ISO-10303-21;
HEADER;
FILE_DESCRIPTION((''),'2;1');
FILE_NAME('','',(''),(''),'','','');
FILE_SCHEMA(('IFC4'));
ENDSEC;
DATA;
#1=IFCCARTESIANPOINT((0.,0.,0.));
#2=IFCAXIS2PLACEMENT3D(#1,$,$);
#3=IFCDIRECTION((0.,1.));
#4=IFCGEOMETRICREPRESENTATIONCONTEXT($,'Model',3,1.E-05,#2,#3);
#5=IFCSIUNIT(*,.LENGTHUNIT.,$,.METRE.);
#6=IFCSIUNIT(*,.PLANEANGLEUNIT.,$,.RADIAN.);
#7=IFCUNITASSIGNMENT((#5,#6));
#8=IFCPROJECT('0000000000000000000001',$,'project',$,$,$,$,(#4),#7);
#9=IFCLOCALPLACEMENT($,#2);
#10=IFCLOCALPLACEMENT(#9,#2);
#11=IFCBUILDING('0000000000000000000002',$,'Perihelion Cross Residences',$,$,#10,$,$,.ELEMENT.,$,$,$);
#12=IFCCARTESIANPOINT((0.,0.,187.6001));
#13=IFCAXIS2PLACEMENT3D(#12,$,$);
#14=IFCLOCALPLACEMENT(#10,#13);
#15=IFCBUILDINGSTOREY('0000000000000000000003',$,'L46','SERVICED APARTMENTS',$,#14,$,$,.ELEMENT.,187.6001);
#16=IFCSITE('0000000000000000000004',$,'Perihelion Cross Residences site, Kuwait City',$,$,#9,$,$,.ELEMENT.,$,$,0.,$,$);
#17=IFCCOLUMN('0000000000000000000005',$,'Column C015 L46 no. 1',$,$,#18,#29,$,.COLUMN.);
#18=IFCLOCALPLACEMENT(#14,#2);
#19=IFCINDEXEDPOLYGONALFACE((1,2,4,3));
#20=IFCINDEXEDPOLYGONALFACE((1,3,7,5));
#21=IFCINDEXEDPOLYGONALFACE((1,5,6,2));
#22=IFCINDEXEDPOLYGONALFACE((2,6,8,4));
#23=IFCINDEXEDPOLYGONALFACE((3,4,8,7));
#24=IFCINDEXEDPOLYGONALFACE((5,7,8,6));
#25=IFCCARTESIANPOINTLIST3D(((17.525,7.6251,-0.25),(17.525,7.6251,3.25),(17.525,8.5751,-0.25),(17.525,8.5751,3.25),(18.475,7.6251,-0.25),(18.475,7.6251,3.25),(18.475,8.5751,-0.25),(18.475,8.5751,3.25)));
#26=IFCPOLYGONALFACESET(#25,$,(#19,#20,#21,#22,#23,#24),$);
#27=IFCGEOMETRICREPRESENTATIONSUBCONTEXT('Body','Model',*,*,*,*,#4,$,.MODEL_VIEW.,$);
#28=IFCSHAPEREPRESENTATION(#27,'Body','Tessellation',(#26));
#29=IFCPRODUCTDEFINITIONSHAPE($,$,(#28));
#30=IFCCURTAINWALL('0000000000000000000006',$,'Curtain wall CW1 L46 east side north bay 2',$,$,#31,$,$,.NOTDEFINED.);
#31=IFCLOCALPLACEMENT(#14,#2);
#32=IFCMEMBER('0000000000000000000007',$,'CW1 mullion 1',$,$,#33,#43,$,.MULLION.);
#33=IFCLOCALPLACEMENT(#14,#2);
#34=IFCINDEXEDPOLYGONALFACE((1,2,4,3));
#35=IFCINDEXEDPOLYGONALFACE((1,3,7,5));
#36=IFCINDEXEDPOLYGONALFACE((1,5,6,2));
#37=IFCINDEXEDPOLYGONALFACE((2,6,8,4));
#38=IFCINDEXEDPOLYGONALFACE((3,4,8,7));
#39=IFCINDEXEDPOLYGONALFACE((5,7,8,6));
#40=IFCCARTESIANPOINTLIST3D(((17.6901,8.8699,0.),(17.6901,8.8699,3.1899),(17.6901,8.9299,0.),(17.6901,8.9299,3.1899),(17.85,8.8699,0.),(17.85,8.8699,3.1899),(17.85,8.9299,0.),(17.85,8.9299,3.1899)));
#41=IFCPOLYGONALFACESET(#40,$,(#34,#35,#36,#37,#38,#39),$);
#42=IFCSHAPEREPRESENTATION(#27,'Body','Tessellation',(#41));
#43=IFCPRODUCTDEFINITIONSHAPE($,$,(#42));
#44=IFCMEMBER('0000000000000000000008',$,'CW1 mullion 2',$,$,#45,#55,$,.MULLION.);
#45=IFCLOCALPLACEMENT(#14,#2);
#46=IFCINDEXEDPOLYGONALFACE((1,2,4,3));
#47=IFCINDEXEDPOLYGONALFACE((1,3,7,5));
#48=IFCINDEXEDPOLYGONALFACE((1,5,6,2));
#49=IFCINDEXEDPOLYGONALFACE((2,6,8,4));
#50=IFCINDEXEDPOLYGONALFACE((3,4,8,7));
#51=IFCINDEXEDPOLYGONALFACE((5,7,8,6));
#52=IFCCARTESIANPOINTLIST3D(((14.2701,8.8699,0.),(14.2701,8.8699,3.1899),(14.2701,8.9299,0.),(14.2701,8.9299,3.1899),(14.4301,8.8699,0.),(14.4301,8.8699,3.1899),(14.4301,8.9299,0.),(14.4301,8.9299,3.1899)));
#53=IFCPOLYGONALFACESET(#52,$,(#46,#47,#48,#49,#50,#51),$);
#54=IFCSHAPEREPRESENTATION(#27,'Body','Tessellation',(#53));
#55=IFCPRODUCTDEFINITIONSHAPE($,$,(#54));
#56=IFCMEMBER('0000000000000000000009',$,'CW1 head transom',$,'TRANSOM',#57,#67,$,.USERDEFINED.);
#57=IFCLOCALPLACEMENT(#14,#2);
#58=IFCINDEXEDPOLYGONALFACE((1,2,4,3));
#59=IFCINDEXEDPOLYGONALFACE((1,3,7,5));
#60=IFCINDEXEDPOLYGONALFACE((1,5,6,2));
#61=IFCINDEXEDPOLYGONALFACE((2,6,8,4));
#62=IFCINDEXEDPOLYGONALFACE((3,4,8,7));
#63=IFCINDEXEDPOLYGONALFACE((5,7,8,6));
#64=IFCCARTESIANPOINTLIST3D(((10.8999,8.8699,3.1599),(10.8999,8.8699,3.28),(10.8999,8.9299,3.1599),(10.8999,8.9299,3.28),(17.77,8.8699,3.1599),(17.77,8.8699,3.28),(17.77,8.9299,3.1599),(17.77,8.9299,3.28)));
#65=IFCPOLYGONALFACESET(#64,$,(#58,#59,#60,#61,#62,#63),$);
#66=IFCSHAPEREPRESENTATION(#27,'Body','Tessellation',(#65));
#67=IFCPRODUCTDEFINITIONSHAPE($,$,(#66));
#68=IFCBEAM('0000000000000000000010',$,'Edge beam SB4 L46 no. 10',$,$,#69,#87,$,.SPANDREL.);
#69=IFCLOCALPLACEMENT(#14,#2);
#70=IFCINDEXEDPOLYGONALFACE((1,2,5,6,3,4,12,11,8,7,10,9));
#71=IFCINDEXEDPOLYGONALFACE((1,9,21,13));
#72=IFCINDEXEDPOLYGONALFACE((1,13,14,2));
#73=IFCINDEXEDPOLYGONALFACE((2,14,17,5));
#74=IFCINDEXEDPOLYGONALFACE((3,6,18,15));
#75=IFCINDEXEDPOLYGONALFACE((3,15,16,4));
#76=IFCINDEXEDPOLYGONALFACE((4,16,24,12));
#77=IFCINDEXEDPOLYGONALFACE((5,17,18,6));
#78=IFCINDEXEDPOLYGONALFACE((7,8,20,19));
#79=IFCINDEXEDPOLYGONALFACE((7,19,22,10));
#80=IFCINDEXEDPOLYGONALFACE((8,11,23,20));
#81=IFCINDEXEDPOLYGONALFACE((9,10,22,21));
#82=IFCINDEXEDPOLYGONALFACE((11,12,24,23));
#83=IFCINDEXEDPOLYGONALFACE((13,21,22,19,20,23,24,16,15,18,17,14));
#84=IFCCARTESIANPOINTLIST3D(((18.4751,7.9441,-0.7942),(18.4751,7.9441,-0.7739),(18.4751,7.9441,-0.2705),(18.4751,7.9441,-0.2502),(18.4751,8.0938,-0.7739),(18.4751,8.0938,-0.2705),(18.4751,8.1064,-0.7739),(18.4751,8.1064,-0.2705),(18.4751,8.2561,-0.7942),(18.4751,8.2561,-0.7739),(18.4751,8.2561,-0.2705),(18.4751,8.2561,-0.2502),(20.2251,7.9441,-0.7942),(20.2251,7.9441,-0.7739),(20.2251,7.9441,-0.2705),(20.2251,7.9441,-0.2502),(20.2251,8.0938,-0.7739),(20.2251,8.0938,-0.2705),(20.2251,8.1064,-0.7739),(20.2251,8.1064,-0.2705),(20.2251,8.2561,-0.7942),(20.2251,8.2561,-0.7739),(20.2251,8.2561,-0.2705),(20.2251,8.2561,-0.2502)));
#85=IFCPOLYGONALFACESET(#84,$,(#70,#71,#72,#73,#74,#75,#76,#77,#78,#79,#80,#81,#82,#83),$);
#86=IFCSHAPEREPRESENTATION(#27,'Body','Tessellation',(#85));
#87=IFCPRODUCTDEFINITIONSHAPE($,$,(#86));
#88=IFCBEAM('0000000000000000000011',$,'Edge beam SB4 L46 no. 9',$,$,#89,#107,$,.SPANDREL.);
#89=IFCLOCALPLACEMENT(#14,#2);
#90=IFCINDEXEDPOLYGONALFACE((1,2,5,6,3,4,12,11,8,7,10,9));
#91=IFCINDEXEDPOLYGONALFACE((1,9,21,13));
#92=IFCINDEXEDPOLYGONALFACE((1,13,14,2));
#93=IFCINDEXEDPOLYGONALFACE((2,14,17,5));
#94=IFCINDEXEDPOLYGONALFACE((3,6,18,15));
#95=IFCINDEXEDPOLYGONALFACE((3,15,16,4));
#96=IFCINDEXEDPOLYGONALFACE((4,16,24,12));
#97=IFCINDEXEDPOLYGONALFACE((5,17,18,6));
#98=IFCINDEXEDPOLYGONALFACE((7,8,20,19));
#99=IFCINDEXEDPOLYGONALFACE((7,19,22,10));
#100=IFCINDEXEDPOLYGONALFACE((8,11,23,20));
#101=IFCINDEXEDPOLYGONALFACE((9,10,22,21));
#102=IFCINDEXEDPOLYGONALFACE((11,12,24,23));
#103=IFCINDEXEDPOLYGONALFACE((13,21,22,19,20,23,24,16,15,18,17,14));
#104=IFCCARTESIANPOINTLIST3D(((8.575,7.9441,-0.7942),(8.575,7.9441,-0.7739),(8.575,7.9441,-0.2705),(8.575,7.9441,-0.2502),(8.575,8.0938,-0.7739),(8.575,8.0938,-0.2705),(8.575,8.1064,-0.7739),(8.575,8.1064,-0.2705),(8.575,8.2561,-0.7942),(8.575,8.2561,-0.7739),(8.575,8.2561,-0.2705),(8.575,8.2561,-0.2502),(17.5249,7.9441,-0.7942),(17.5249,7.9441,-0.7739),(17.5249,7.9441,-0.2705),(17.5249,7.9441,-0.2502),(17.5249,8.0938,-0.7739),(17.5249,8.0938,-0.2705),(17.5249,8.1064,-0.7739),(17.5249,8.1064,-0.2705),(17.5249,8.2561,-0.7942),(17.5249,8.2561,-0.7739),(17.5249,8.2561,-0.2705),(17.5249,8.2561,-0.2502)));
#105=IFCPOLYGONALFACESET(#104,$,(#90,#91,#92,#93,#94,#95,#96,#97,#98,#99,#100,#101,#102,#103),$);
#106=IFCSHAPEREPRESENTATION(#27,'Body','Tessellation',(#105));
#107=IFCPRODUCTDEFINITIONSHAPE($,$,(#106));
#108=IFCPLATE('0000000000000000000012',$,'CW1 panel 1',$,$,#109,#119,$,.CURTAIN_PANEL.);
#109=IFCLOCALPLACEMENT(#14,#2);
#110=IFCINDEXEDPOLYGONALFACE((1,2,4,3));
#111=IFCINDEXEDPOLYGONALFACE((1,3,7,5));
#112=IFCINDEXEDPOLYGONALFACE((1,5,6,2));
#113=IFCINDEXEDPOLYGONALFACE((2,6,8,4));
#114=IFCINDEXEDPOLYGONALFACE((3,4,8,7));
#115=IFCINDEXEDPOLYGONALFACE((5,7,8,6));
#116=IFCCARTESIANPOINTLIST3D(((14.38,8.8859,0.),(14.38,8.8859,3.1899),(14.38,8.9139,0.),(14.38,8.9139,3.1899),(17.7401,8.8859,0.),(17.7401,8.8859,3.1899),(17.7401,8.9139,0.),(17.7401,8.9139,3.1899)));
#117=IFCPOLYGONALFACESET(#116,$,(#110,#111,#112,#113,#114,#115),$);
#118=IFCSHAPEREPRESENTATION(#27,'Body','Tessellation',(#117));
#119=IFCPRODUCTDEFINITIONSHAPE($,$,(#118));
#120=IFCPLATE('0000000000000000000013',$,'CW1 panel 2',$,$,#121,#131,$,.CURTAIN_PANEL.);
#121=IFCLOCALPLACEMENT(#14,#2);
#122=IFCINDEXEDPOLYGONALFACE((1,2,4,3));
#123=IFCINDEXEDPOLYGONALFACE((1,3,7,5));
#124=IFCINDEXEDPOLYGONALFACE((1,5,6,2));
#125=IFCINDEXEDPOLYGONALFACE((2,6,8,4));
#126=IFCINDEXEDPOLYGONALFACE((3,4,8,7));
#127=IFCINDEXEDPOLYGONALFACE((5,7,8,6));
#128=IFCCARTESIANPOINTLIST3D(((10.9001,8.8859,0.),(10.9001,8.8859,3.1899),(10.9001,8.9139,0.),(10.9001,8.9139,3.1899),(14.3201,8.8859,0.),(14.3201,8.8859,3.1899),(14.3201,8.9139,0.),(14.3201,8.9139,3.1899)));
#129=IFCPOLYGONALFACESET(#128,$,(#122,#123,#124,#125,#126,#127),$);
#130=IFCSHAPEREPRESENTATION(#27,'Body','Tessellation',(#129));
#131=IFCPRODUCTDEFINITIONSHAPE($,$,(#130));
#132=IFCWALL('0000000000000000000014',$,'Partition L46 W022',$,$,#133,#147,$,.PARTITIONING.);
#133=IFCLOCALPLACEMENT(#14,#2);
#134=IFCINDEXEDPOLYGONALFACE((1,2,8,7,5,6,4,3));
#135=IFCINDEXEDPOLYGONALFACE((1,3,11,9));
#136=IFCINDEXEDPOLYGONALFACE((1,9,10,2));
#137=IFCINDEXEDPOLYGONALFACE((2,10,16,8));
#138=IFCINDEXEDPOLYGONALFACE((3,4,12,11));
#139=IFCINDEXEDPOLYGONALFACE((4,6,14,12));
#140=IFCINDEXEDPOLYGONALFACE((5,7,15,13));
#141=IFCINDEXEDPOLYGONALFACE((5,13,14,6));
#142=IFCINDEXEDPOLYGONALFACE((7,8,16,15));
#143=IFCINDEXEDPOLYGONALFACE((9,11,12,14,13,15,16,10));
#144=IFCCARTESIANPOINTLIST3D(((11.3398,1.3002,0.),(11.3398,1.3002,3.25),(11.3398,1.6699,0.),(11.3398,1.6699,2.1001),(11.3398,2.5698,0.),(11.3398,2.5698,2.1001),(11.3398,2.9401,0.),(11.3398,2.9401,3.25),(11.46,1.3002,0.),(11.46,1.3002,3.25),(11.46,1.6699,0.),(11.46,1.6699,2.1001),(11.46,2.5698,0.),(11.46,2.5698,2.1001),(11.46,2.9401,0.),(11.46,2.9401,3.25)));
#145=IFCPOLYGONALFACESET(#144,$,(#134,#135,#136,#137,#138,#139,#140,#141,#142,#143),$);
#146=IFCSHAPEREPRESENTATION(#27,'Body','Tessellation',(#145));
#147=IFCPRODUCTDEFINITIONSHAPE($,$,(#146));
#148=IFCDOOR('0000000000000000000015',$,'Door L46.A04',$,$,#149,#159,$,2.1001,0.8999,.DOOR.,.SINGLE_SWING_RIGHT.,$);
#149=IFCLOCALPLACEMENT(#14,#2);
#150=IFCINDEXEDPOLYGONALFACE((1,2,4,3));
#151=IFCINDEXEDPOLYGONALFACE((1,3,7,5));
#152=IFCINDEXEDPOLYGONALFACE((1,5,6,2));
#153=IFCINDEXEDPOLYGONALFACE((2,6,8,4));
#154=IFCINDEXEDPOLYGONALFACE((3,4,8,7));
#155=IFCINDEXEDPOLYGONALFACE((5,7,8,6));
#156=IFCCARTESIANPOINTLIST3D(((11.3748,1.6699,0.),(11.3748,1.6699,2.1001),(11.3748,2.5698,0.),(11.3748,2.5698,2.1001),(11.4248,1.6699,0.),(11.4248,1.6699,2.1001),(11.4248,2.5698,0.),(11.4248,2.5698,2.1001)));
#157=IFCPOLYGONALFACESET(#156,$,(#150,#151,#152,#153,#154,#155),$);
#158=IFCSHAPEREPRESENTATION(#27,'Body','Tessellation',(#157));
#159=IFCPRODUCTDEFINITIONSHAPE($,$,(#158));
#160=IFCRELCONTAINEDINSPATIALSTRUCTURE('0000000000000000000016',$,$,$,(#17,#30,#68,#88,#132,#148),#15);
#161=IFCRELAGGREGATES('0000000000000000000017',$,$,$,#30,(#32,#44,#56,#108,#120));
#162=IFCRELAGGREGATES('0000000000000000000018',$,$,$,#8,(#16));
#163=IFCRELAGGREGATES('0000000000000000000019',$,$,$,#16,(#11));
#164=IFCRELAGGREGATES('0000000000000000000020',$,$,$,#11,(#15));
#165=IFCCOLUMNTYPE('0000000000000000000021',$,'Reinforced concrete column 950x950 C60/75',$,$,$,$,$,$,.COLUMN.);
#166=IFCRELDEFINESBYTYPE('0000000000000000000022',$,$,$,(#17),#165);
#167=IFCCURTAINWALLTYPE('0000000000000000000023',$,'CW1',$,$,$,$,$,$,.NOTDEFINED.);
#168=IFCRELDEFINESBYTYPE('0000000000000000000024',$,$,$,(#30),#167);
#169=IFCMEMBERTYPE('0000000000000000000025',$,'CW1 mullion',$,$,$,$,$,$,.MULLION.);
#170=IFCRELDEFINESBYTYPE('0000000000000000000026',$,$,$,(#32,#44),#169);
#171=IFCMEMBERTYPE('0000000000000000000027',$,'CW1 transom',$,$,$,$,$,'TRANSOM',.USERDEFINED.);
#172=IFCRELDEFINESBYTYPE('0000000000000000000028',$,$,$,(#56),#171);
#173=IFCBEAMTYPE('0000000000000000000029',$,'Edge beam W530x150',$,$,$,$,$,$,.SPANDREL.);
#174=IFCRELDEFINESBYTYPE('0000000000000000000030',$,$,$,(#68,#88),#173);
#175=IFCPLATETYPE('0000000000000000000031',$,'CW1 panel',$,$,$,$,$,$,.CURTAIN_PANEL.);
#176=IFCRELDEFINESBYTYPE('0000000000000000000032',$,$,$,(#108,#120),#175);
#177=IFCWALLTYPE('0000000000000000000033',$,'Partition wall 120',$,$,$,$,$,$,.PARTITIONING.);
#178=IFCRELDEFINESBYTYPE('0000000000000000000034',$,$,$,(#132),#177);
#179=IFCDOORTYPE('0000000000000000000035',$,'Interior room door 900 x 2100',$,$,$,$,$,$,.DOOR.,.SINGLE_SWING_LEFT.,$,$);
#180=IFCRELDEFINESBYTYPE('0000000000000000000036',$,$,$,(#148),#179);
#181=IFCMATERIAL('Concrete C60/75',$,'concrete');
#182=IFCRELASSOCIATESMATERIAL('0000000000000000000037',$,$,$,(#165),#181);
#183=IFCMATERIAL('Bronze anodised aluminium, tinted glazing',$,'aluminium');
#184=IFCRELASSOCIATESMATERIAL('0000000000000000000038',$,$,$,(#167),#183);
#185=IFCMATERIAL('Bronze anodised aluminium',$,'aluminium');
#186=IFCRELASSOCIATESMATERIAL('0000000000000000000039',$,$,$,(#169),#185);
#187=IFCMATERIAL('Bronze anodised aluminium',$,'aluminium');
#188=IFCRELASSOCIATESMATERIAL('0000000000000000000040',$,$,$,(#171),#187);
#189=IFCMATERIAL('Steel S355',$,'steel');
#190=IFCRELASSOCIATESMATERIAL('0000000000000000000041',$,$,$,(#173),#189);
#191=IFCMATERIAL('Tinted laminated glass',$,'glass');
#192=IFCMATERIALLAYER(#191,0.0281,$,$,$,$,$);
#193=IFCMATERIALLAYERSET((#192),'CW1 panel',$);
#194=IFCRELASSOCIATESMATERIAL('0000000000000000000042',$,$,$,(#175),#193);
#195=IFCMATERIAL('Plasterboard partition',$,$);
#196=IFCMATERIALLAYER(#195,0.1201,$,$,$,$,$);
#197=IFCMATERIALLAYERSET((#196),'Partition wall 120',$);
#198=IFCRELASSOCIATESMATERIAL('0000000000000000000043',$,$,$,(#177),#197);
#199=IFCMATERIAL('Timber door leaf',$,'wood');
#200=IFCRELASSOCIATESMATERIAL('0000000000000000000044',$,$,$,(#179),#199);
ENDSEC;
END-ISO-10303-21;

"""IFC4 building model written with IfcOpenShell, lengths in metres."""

from ifc_helpers import new_model, si_unit, direction, frame, frame_2d, origin, origin_2d, place, context, subcontext, project, spatial, rectangle, i_section, extrude, material, layer, layer_set, material_profile, profile_set, type_object, element, fill, aggregate, save


model = new_model("IFC4")

# Units and contexts
model_context = context("Model", 3, precision=1e-05, world=origin(), true_north=direction((0.0, 1.0)))
body_context = subcontext(model_context, "Body", "Model", "MODEL_VIEW")
ifc_project = project(units=[si_unit("LENGTHUNIT", "METRE"), si_unit("PLANEANGLEUNIT", "RADIAN")], contexts=[model_context])

# Site, building, storey
site_placement = place(None, origin())
site = spatial("IfcSite", under=ifc_project, at=site_placement, Name="Perihelion Cross Residences site, Kuwait City", CompositionType="ELEMENT", RefElevation=0.0)
building_placement = place(site_placement, origin())
building = spatial("IfcBuilding", under=site, at=building_placement, Name="Perihelion Cross Residences", CompositionType="ELEMENT")
storey_placement = place(building_placement, frame((0.0, 0.0, 187.6001)))
storey = spatial("IfcBuildingStorey", under=building, at=storey_placement, Name="L46", Description="SERVICED APARTMENTS", CompositionType="ELEMENT", Elevation=187.6001)

# Column
ifc_material_1 = material(Name="Concrete C60/75", Category="concrete")
ifc_material_profile_1 = material_profile(ifc_material_1, rectangle(XDim=0.95, YDim=0.95, at=origin_2d()), Name="RC 950x950")
ifc_profile_set_1 = profile_set([ifc_material_profile_1], Name="Concrete C60/75")
column_type = type_object("IfcColumnType", Name="Reinforced concrete column 950x950 C60/75", PredefinedType="COLUMN", material=ifc_profile_set_1)
column_placement = place(storey_placement, frame((18.0, 8.1001, -0.25), z_axis=(0.0, 0.0, 1.0), x_axis=(1.0, 0.0, 0.0)))
element("IfcColumn", 1, at=column_placement, inside=storey, type_object=column_type, Name="Column C015 L46 no. 1", PredefinedType="COLUMN", context=body_context, shape_type="SweptSolid", body=[
    extrude(rectangle(XDim=0.95, YDim=0.95, at=origin_2d()), origin(), (0.0, 0.0, 1.0), 3.5),
])

# Curtain wall, members
ifc_material_2 = material(Name="Bronze anodised aluminium, tinted glazing", Category="aluminium")
curtain_wall_type = type_object("IfcCurtainWallType", Name="CW1", PredefinedType="NOTDEFINED", material=ifc_material_2)
curtain_wall_placement = place(storey_placement, origin())
curtain_wall = element("IfcCurtainWall", 2, at=curtain_wall_placement, inside=storey, type_object=curtain_wall_type, Name="Curtain wall CW1 L46 east side north bay 2", PredefinedType="NOTDEFINED")
ifc_material_3 = material(Name="Bronze anodised aluminium", Category="aluminium")
ifc_material_profile_2 = material_profile(ifc_material_3, rectangle(XDim=0.0601, YDim=0.1599, at=origin_2d()), Name="CW1 mullion")
ifc_profile_set_2 = profile_set([ifc_material_profile_2], Name="Bronze anodised aluminium")
member_type_1 = type_object("IfcMemberType", Name="CW1 mullion", PredefinedType="MULLION", material=ifc_profile_set_2)
member_1_placement = place(storey_placement, frame((17.77, 8.8999, 0.0), z_axis=(0.0, 0.0, 1.0), x_axis=(0.0, -1.0, 0.0)))
member_1 = element("IfcMember", 3, at=member_1_placement, type_object=member_type_1, Name="CW1 mullion 1", PredefinedType="MULLION", context=body_context, shape_type="SweptSolid", body=[
    extrude(rectangle(XDim=0.0601, YDim=0.1599, at=origin_2d()), origin(), (0.0, 0.0, 1.0), 3.1899),
])
member_2_placement = place(storey_placement, frame((14.3501, 8.8999, 0.0), z_axis=(0.0, 0.0, 1.0), x_axis=(0.0, -1.0, 0.0)))
member_2 = element("IfcMember", 4, at=member_2_placement, type_object=member_type_1, Name="CW1 mullion 2", PredefinedType="MULLION", context=body_context, shape_type="SweptSolid", body=[
    extrude(rectangle(XDim=0.0601, YDim=0.1599, at=origin_2d()), origin(), (0.0, 0.0, 1.0), 3.1899),
])
ifc_material_4 = material(Name="Bronze anodised aluminium", Category="aluminium")
ifc_material_profile_3 = material_profile(ifc_material_4, rectangle(XDim=0.0601, YDim=0.1201, at=origin_2d()), Name="CW1 transom")
ifc_profile_set_3 = profile_set([ifc_material_profile_3], Name="Bronze anodised aluminium")
member_type_2 = type_object("IfcMemberType", Name="CW1 transom", ElementType="TRANSOM", PredefinedType="USERDEFINED", material=ifc_profile_set_3)
member_3_placement = place(storey_placement, frame((17.77, 8.8999, 3.22), z_axis=(-1.0, 0.0, 0.0), x_axis=(0.0, -1.0, 0.0)))
member_3 = element("IfcMember", 5, at=member_3_placement, type_object=member_type_2, Name="CW1 head transom", ObjectType="TRANSOM", PredefinedType="USERDEFINED", context=body_context, shape_type="SweptSolid", body=[
    extrude(rectangle(XDim=0.0601, YDim=0.1201, at=origin_2d()), origin(), (0.0, 0.0, 1.0), 6.8701),
])

# Beams
ifc_material_5 = material(Name="Steel S355", Category="steel")
ifc_material_profile_4 = material_profile(ifc_material_5, i_section(OverallWidth=0.312, OverallDepth=0.5439, WebThickness=0.0127, FlangeThickness=0.0203, at=origin_2d()), Name="W530x150")
ifc_profile_set_4 = profile_set([ifc_material_profile_4], Name="Steel S355")
beam_type = type_object("IfcBeamType", Name="Edge beam W530x150", PredefinedType="SPANDREL", material=ifc_profile_set_4)
beam_1_placement = place(storey_placement, frame((20.2251, 8.1001, -0.5222), z_axis=(-1.0, 0.0, 0.0), x_axis=(0.0, -1.0, 0.0)))
element("IfcBeam", 6, at=beam_1_placement, inside=storey, type_object=beam_type, Name="Edge beam SB4 L46 no. 10", PredefinedType="SPANDREL", context=body_context, shape_type="SweptSolid", body=[
    extrude(i_section(OverallWidth=0.312, OverallDepth=0.5439, WebThickness=0.0127, FlangeThickness=0.0203, at=origin_2d()), origin(), (0.0, 0.0, 1.0), 1.75),
])
beam_2_placement = place(storey_placement, frame((17.5249, 8.1001, -0.5222), z_axis=(-1.0, 0.0, 0.0), x_axis=(0.0, -1.0, 0.0)))
element("IfcBeam", 7, at=beam_2_placement, inside=storey, type_object=beam_type, Name="Edge beam SB4 L46 no. 9", PredefinedType="SPANDREL", context=body_context, shape_type="SweptSolid", body=[
    extrude(i_section(OverallWidth=0.312, OverallDepth=0.5439, WebThickness=0.0127, FlangeThickness=0.0203, at=origin_2d()), origin(), (0.0, 0.0, 1.0), 8.95),
])

# Plates
ifc_material_6 = material(Name="Tinted laminated glass", Category="glass")
ifc_layer_1 = layer(ifc_material_6, 0.0281)
ifc_layer_set_1 = layer_set([ifc_layer_1], Name="CW1 panel")
plate_type = type_object("IfcPlateType", Name="CW1 panel", PredefinedType="CURTAIN_PANEL", material=ifc_layer_set_1)
plate_1_placement = place(storey_placement, frame((16.0601, 8.8999, 0.0), z_axis=(0.0, 0.0, 1.0), x_axis=(-1.0, 0.0, 0.0)))
plate_1 = element("IfcPlate", 8, at=plate_1_placement, type_object=plate_type, Name="CW1 panel 1", PredefinedType="CURTAIN_PANEL", context=body_context, shape_type="SweptSolid", body=[
    extrude(rectangle(XDim=3.3601, YDim=0.0281, at=origin_2d()), origin(), (0.0, 0.0, 1.0), 3.1899),
])
plate_2_placement = place(storey_placement, frame((12.6101, 8.8999, 0.0), z_axis=(0.0, 0.0, 1.0), x_axis=(-1.0, 0.0, 0.0)))
plate_2 = element("IfcPlate", 9, at=plate_2_placement, type_object=plate_type, Name="CW1 panel 2", PredefinedType="CURTAIN_PANEL", context=body_context, shape_type="SweptSolid", body=[
    extrude(rectangle(XDim=3.4199, YDim=0.0281, at=origin_2d()), origin(), (0.0, 0.0, 1.0), 3.1899),
])
aggregate(curtain_wall, [member_1, member_2, member_3, plate_1, plate_2])

# Wall, opening, door
ifc_material_7 = material(Name="Plasterboard partition")
ifc_layer_2 = layer(ifc_material_7, 0.1201)
ifc_layer_set_2 = layer_set([ifc_layer_2], Name="Partition wall 120")
wall_type_1 = type_object("IfcWallType", Name="Partition wall 120", PredefinedType="PARTITIONING", material=ifc_layer_set_2)
wall_1_placement = place(storey_placement, frame((11.3999, 2.9399, 0.0), z_axis=(0.0, 0.0, 1.0), x_axis=(0.0, -1.0, 0.0)))
wall_1 = element("IfcWall", 10, at=wall_1_placement, inside=storey, type_object=wall_type_1, Name="Partition L46 W022", PredefinedType="PARTITIONING", context=body_context, shape_type="SweptSolid", body=[
    extrude(rectangle(XDim=1.6399, YDim=0.1201, at=frame_2d((0.8198, 0.0))), origin(), (0.0, 0.0, 1.0), 3.25),
])
opening_1_placement = place(wall_1_placement, frame((0.3701, 0.0, 0.0)))
opening_1 = element("IfcOpeningElement", 11, at=opening_1_placement, cuts=wall_1, PredefinedType="OPENING", context=body_context, shape_type="SweptSolid", body=[
    extrude(rectangle(XDim=0.8999, YDim=2.1001, at=frame_2d((0.45, 1.05))), frame((0.0, 0.0701, 0.0), z_axis=(0.0, -1.0, 0.0), x_axis=(1.0, 0.0, 0.0)), (0.0, 0.0, 1.0), 0.1401),
])
ifc_material_8 = material(Name="Timber door leaf", Category="wood")
door_type_1 = type_object("IfcDoorType", Name="Interior room door 900 x 2100", OperationType="SINGLE_SWING_LEFT", PredefinedType="DOOR", material=ifc_material_8)
door_1_placement = place(opening_1_placement, origin())
door_1 = element("IfcDoor", 12, at=door_1_placement, inside=storey, type_object=door_type_1, Name="Door L46.A04", OperationType="SINGLE_SWING_RIGHT", OverallHeight=2.1001, OverallWidth=0.8999, PredefinedType="DOOR", context=body_context, shape_type="SweptSolid", body=[
    extrude(rectangle(XDim=0.8999, YDim=2.1001, at=frame_2d((0.45, 1.05))), frame((0.0, 0.0249, 0.0), z_axis=(0.0, -1.0, 0.0), x_axis=(1.0, 0.0, 0.0)), (0.0, 0.0, 1.0), 0.05),
])
fill(opening_1, door_1)

save(model, "model.ifc")
